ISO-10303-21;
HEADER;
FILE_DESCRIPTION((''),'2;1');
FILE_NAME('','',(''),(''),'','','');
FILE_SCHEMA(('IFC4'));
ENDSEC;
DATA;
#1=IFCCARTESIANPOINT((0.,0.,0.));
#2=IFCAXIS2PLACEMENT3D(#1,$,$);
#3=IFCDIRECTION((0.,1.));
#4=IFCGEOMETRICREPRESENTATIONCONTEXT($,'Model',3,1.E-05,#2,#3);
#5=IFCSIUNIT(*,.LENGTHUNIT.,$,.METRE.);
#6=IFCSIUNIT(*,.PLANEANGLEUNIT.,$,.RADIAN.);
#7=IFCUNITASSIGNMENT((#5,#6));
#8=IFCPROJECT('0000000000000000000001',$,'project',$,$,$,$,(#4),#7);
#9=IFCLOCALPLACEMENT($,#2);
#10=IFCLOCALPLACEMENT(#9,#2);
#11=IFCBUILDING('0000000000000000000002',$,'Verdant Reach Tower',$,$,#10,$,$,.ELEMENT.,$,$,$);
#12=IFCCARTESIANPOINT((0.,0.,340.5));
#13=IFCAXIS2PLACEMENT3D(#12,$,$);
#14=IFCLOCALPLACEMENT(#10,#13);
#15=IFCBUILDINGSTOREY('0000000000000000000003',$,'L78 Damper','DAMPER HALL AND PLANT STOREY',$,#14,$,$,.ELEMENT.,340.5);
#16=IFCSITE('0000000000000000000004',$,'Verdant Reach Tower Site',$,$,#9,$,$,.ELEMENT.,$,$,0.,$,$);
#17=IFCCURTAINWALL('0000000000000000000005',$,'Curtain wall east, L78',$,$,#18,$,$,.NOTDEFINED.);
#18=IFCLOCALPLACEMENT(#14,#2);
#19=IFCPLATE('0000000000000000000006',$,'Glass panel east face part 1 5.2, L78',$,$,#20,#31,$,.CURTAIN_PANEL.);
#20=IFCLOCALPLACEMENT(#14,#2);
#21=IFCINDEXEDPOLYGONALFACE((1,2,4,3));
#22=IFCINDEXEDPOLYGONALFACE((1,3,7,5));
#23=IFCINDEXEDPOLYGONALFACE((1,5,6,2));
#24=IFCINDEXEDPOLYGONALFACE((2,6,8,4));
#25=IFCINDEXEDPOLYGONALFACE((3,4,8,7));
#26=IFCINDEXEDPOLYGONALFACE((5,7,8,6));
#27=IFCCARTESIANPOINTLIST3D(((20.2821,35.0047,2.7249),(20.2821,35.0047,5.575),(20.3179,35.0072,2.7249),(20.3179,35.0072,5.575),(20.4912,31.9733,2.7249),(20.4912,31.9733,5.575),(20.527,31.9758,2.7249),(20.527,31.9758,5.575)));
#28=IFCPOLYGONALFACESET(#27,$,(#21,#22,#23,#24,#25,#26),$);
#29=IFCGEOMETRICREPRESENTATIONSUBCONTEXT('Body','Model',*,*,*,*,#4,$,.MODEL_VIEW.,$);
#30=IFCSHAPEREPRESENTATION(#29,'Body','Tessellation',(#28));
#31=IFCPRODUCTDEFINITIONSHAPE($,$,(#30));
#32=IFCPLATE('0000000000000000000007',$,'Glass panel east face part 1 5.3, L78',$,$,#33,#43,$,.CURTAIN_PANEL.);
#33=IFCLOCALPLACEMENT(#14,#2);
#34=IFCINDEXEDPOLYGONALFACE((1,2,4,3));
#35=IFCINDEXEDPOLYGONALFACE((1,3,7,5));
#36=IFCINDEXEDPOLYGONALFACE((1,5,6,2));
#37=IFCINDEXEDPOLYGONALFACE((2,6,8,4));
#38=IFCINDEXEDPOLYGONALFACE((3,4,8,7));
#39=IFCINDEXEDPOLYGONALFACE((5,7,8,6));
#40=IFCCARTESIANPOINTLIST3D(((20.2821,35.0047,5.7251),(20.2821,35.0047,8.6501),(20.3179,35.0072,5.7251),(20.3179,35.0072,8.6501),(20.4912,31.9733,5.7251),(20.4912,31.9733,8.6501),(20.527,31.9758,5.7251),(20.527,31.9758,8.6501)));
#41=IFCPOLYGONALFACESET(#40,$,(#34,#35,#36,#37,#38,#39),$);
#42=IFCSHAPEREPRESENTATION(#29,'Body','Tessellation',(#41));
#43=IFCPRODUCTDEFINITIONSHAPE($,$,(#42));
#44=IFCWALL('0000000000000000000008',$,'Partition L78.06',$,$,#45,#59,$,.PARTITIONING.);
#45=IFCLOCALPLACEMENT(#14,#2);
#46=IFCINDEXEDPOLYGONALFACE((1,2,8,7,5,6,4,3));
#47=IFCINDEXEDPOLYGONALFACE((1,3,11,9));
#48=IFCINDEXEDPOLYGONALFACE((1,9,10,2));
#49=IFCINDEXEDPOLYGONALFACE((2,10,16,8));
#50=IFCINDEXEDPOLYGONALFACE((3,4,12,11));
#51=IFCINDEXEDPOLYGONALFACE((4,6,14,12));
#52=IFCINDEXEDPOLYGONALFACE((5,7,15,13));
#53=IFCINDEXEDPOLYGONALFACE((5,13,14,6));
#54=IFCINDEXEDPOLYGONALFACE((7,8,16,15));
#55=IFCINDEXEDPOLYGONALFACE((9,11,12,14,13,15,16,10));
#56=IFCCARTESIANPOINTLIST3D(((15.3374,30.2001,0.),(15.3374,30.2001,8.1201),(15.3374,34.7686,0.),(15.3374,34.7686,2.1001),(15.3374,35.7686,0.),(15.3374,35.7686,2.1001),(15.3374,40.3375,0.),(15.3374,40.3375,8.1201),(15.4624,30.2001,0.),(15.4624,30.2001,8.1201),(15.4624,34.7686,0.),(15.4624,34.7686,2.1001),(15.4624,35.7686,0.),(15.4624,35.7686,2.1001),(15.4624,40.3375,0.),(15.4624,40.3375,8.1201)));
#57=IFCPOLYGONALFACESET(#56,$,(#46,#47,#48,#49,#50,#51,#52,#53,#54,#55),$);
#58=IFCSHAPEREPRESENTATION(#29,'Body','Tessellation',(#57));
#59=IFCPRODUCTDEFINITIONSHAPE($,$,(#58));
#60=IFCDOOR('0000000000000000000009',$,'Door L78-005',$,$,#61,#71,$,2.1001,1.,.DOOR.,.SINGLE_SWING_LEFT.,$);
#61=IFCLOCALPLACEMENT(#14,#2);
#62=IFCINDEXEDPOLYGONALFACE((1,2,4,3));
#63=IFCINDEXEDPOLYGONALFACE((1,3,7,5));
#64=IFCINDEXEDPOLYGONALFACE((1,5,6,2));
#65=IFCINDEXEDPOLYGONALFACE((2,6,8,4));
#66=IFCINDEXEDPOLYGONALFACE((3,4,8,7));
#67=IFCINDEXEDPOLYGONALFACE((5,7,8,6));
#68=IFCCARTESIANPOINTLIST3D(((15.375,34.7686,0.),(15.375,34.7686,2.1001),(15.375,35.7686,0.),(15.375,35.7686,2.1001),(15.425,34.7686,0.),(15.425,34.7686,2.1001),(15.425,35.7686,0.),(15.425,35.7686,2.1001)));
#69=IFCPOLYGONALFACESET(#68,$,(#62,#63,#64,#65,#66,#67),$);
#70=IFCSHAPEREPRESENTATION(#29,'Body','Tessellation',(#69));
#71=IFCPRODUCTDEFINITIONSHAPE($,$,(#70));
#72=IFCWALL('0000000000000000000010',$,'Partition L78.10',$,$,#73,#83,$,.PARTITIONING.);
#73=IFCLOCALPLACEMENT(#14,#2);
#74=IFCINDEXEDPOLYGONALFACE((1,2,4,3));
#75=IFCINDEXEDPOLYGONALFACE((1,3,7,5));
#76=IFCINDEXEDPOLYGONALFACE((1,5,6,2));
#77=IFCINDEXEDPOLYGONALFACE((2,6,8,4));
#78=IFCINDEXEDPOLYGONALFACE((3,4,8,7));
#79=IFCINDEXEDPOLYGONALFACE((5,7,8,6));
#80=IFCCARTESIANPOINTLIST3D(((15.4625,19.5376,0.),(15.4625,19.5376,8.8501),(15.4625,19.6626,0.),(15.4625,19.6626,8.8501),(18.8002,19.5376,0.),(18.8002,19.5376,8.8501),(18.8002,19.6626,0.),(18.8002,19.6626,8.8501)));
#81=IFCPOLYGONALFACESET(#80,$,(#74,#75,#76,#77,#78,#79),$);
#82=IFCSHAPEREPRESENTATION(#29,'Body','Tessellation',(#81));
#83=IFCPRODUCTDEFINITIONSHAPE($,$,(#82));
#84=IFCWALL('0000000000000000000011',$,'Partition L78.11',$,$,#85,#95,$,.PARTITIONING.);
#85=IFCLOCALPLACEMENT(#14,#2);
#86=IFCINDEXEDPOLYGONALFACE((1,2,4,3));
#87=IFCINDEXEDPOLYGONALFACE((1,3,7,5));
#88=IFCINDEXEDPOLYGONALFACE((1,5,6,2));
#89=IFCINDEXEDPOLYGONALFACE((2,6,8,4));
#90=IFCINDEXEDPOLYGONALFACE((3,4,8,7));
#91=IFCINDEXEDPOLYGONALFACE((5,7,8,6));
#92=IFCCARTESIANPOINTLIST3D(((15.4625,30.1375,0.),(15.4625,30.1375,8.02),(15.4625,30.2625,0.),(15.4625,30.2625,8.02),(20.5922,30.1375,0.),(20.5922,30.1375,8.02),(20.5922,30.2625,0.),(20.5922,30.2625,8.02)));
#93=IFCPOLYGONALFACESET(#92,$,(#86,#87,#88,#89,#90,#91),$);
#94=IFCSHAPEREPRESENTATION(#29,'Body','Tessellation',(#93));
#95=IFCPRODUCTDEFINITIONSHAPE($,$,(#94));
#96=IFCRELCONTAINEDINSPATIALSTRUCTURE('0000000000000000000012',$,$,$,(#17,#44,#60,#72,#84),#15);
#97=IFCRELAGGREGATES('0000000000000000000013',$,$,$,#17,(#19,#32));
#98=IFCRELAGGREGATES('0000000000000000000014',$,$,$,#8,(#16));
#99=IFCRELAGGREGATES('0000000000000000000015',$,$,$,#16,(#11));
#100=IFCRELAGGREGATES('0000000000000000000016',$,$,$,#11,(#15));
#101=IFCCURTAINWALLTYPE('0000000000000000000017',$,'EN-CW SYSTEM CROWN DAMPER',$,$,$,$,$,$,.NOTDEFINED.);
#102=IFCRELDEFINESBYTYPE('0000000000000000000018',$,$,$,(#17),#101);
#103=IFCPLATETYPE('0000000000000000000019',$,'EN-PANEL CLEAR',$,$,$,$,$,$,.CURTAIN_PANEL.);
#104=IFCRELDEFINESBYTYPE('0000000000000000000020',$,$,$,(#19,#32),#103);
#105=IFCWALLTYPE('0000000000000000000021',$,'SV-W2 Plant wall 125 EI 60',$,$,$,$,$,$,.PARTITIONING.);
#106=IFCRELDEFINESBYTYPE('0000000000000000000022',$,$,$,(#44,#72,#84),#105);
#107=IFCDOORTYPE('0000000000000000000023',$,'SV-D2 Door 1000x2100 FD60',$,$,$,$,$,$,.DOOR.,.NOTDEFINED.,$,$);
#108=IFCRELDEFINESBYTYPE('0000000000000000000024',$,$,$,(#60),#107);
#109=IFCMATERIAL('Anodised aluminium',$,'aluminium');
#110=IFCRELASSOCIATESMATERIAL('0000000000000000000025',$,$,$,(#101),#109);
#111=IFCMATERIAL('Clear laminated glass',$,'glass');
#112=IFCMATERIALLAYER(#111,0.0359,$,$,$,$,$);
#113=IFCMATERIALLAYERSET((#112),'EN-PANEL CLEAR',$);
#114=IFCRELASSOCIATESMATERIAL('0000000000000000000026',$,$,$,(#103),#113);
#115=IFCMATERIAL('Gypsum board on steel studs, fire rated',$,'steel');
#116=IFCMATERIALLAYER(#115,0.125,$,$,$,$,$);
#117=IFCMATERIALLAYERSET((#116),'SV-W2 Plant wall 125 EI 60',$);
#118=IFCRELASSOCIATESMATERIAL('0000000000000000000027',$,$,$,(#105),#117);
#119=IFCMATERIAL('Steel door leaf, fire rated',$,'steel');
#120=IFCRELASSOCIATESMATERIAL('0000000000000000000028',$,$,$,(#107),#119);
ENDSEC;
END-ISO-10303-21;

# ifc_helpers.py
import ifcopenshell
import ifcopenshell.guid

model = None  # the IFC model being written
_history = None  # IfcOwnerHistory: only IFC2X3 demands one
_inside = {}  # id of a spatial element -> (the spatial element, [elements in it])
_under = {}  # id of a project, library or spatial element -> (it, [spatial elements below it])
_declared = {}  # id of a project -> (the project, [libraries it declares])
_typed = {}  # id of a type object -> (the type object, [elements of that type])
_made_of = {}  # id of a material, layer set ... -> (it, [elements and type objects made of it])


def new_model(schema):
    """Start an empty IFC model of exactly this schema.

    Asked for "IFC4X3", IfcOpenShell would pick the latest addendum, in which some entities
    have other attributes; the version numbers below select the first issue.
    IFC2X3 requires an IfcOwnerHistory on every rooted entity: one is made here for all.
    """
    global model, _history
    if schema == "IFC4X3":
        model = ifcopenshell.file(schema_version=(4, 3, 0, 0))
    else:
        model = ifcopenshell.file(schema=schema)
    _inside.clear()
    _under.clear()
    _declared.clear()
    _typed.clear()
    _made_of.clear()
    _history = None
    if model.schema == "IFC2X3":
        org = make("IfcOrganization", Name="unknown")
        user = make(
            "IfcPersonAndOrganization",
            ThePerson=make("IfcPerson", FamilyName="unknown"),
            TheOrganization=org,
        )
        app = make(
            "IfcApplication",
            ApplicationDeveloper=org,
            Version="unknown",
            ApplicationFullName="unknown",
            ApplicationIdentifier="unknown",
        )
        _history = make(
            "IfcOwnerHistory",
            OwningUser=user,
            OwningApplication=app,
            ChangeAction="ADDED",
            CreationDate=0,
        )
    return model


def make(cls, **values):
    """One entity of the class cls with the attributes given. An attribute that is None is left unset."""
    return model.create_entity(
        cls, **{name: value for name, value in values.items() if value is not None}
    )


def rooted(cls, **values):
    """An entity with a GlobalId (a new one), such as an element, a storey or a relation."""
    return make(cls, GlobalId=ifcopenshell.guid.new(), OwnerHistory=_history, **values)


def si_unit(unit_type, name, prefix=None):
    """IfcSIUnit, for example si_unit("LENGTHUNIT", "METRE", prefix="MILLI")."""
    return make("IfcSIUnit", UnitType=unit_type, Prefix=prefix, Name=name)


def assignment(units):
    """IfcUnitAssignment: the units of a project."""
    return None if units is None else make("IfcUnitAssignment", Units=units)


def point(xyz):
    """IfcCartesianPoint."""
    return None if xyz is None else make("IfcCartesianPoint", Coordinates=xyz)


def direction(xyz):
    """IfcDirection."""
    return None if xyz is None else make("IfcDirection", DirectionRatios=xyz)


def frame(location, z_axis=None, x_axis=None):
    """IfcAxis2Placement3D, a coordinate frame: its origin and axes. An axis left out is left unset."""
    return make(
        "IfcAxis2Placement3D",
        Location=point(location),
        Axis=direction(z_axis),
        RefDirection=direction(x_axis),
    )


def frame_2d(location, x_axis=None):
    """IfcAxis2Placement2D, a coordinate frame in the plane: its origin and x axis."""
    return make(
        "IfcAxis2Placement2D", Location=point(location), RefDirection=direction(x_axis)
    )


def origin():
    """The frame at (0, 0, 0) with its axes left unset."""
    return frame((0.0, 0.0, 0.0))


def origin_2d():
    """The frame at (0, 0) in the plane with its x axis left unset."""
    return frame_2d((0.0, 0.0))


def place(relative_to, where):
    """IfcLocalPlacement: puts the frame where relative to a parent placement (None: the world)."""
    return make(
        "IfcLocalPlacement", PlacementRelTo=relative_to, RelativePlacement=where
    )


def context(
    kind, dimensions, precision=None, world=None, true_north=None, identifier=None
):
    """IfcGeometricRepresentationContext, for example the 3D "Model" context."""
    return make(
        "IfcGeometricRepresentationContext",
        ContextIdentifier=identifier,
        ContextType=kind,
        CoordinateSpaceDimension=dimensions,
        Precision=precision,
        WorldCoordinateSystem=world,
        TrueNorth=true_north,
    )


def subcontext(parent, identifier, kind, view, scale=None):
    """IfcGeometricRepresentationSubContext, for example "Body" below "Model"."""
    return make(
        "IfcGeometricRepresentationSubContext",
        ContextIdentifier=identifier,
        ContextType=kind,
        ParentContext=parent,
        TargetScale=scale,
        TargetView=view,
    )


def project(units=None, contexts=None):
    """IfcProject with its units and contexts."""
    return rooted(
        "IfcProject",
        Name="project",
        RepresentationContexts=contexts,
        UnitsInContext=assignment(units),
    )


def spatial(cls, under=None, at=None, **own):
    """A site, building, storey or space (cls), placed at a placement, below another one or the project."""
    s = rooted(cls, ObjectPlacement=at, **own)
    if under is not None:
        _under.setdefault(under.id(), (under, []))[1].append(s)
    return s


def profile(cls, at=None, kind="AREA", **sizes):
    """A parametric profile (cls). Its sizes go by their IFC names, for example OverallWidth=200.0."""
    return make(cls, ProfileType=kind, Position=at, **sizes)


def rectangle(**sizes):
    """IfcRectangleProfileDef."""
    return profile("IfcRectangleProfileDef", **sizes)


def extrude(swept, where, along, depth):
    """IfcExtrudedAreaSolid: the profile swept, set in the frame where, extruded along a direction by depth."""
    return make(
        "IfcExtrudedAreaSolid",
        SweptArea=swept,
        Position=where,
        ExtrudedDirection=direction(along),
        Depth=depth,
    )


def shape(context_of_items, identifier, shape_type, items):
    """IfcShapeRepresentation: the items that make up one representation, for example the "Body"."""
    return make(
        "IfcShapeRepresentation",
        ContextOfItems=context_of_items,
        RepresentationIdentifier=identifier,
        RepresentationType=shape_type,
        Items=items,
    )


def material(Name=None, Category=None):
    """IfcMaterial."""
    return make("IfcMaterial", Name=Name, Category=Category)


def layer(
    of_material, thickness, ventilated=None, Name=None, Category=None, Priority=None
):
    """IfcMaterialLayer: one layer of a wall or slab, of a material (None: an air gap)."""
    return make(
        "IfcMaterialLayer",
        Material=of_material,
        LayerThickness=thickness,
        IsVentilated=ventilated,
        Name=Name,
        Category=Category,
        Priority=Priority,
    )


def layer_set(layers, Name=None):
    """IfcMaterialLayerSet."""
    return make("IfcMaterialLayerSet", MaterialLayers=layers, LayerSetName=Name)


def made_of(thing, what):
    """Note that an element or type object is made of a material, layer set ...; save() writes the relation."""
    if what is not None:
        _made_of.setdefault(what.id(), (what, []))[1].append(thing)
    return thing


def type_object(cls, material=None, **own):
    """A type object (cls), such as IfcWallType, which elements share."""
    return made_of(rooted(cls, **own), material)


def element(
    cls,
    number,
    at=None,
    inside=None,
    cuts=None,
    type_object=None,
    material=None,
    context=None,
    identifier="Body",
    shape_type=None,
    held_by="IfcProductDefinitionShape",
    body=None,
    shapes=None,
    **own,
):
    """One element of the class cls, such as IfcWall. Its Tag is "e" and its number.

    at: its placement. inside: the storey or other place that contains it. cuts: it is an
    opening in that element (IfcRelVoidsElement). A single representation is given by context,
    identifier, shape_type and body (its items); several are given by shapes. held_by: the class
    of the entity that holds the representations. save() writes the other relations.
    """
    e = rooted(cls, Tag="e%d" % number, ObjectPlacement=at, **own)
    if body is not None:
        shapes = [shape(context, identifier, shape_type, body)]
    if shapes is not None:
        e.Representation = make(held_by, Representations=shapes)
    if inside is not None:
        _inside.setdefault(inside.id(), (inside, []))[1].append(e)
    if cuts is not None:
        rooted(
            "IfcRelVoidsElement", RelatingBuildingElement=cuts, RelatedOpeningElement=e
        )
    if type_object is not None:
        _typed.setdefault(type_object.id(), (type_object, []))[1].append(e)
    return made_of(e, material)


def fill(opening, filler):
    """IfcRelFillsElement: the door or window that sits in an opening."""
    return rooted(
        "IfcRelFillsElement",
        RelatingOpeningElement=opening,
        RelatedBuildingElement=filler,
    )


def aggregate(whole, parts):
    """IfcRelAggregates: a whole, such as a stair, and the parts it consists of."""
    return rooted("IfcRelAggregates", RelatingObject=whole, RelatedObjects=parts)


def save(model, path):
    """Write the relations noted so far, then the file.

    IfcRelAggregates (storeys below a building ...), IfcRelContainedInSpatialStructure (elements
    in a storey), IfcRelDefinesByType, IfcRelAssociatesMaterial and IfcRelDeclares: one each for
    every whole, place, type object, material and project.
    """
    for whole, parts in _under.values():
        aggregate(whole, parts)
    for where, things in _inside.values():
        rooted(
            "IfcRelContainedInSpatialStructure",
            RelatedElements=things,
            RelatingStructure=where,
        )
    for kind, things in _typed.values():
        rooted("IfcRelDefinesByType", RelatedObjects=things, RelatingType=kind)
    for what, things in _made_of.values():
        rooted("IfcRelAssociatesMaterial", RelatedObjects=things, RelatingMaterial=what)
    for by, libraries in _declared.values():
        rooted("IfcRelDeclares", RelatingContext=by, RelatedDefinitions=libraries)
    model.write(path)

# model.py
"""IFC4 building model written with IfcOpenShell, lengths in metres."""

from ifc_helpers import new_model, si_unit, direction, frame, frame_2d, origin, origin_2d, place, context, subcontext, project, spatial, rectangle, extrude, material, layer, layer_set, type_object, element, fill, aggregate, save


model = new_model("IFC4")

# Units and contexts
model_context = context("Model", 3, precision=1e-05, world=origin(), true_north=direction((0.0, 1.0)))
body_context = subcontext(model_context, "Body", "Model", "MODEL_VIEW")
ifc_project = project(units=[si_unit("LENGTHUNIT", "METRE"), si_unit("PLANEANGLEUNIT", "RADIAN")], contexts=[model_context])

# Site, building, storey
site_placement = place(None, origin())
site = spatial("IfcSite", under=ifc_project, at=site_placement, Name="Verdant Reach Tower Site", CompositionType="ELEMENT", RefElevation=0.0)
building_placement = place(site_placement, origin())
building = spatial("IfcBuilding", under=site, at=building_placement, Name="Verdant Reach Tower", CompositionType="ELEMENT")
storey_placement = place(building_placement, frame((0.0, 0.0, 340.5)))
storey = spatial("IfcBuildingStorey", under=building, at=storey_placement, Name="L78 Damper", Description="DAMPER HALL AND PLANT STOREY", CompositionType="ELEMENT", Elevation=340.5)

# Curtain wall
ifc_material_1 = material(Name="Anodised aluminium", Category="aluminium")
curtain_wall_type = type_object("IfcCurtainWallType", Name="EN-CW SYSTEM CROWN DAMPER", PredefinedType="NOTDEFINED", material=ifc_material_1)
curtain_wall_1_placement = place(storey_placement, origin())
curtain_wall_1 = element("IfcCurtainWall", 1, at=curtain_wall_1_placement, inside=storey, type_object=curtain_wall_type, Name="Curtain wall east, L78", PredefinedType="NOTDEFINED")

# Shared definitions
ifc_material_2 = material(Name="Clear laminated glass", Category="glass")
ifc_layer_1 = layer(ifc_material_2, 0.0359)
ifc_layer_set_1 = layer_set([ifc_layer_1], Name="EN-PANEL CLEAR")
plate_type = type_object("IfcPlateType", Name="EN-PANEL CLEAR", PredefinedType="CURTAIN_PANEL", material=ifc_layer_set_1)

# Plates
plate_1_placement = place(storey_placement, frame((20.4045, 33.4902, 2.7249), z_axis=(0.0, 0.0, 1.0), x_axis=(-0.068802, 0.99763, 0.0)))
plate_1 = element("IfcPlate", 2, at=plate_1_placement, type_object=plate_type, Name="Glass panel east face part 1 5.2, L78", PredefinedType="CURTAIN_PANEL", context=body_context, shape_type="SweptSolid", body=[
    extrude(rectangle(XDim=3.0386, YDim=0.0359, at=origin_2d()), origin(), (0.0, 0.0, 1.0), 2.8501),
])
plate_2_placement = place(storey_placement, frame((20.4045, 33.4902, 5.7251), z_axis=(0.0, 0.0, 1.0), x_axis=(-0.068802, 0.99763, 0.0)))
plate_2 = element("IfcPlate", 3, at=plate_2_placement, type_object=plate_type, Name="Glass panel east face part 1 5.3, L78", PredefinedType="CURTAIN_PANEL", context=body_context, shape_type="SweptSolid", body=[
    extrude(rectangle(XDim=3.0386, YDim=0.0359, at=origin_2d()), origin(), (0.0, 0.0, 1.0), 2.925),
])
aggregate(curtain_wall_1, [plate_1, plate_2])

# Wall, opening, door
ifc_material_3 = material(Name="Gypsum board on steel studs, fire rated", Category="steel")
ifc_layer_2 = layer(ifc_material_3, 0.125)
ifc_layer_set_2 = layer_set([ifc_layer_2], Name="SV-W2 Plant wall 125 EI 60")
wall_type = type_object("IfcWallType", Name="SV-W2 Plant wall 125 EI 60", PredefinedType="PARTITIONING", material=ifc_layer_set_2)
wall_1_placement = place(storey_placement, frame((15.3999, 30.2, 0.0), z_axis=(0.0, 0.0, 1.0), x_axis=(0.0, 1.0, 0.0)))
wall_1 = element("IfcWall", 4, at=wall_1_placement, inside=storey, type_object=wall_type, Name="Partition L78.06", PredefinedType="PARTITIONING", context=body_context, shape_type="SweptSolid", body=[
    extrude(rectangle(XDim=10.1375, YDim=0.125, at=frame_2d((5.0688, 0.0))), origin(), (0.0, 0.0, 1.0), 8.1201),
])
opening_placement = place(wall_1_placement, frame((4.5686, 0.0, 0.0)))
opening = element("IfcOpeningElement", 5, at=opening_placement, cuts=wall_1, PredefinedType="OPENING", context=body_context, shape_type="SweptSolid", body=[
    extrude(rectangle(XDim=1.0, YDim=2.1001, at=frame_2d((0.5, 1.05))), frame((0.0, 0.0725, 0.0), z_axis=(0.0, -1.0, 0.0), x_axis=(1.0, 0.0, 0.0)), (0.0, 0.0, 1.0), 0.145),
])
ifc_material_4 = material(Name="Steel door leaf, fire rated", Category="steel")
door_type = type_object("IfcDoorType", Name="SV-D2 Door 1000x2100 FD60", OperationType="NOTDEFINED", PredefinedType="DOOR", material=ifc_material_4)
door_placement = place(opening_placement, origin())
door = element("IfcDoor", 6, at=door_placement, inside=storey, type_object=door_type, Name="Door L78-005", OperationType="SINGLE_SWING_LEFT", OverallHeight=2.1001, OverallWidth=1.0, PredefinedType="DOOR", context=body_context, shape_type="SweptSolid", body=[
    extrude(rectangle(XDim=1.0, YDim=2.1001, at=frame_2d((0.5, 1.05))), frame((0.0, 0.0249, 0.0), z_axis=(0.0, -1.0, 0.0), x_axis=(1.0, 0.0, 0.0)), (0.0, 0.0, 1.0), 0.05),
])
fill(opening, door)

# Walls
wall_2_placement = place(storey_placement, frame((15.4624, 19.6001, 0.0), z_axis=(0.0, 0.0, 1.0), x_axis=(1.0, 0.0, 0.0)))
element("IfcWall", 7, at=wall_2_placement, inside=storey, type_object=wall_type, Name="Partition L78.10", PredefinedType="PARTITIONING", context=body_context, shape_type="SweptSolid", body=[
    extrude(rectangle(XDim=3.3376, YDim=0.125, at=frame_2d((1.6689, 0.0))), origin(), (0.0, 0.0, 1.0), 8.8501),
])
wall_3_placement = place(storey_placement, frame((15.4624, 30.2, 0.0), z_axis=(0.0, 0.0, 1.0), x_axis=(1.0, 0.0, 0.0)))
element("IfcWall", 8, at=wall_3_placement, inside=storey, type_object=wall_type, Name="Partition L78.11", PredefinedType="PARTITIONING", context=body_context, shape_type="SweptSolid", body=[
    extrude(rectangle(XDim=5.1296, YDim=0.125, at=frame_2d((2.5649, 0.0))), origin(), (0.0, 0.0, 1.0), 8.02),
])

save(model, "model.ifc")
